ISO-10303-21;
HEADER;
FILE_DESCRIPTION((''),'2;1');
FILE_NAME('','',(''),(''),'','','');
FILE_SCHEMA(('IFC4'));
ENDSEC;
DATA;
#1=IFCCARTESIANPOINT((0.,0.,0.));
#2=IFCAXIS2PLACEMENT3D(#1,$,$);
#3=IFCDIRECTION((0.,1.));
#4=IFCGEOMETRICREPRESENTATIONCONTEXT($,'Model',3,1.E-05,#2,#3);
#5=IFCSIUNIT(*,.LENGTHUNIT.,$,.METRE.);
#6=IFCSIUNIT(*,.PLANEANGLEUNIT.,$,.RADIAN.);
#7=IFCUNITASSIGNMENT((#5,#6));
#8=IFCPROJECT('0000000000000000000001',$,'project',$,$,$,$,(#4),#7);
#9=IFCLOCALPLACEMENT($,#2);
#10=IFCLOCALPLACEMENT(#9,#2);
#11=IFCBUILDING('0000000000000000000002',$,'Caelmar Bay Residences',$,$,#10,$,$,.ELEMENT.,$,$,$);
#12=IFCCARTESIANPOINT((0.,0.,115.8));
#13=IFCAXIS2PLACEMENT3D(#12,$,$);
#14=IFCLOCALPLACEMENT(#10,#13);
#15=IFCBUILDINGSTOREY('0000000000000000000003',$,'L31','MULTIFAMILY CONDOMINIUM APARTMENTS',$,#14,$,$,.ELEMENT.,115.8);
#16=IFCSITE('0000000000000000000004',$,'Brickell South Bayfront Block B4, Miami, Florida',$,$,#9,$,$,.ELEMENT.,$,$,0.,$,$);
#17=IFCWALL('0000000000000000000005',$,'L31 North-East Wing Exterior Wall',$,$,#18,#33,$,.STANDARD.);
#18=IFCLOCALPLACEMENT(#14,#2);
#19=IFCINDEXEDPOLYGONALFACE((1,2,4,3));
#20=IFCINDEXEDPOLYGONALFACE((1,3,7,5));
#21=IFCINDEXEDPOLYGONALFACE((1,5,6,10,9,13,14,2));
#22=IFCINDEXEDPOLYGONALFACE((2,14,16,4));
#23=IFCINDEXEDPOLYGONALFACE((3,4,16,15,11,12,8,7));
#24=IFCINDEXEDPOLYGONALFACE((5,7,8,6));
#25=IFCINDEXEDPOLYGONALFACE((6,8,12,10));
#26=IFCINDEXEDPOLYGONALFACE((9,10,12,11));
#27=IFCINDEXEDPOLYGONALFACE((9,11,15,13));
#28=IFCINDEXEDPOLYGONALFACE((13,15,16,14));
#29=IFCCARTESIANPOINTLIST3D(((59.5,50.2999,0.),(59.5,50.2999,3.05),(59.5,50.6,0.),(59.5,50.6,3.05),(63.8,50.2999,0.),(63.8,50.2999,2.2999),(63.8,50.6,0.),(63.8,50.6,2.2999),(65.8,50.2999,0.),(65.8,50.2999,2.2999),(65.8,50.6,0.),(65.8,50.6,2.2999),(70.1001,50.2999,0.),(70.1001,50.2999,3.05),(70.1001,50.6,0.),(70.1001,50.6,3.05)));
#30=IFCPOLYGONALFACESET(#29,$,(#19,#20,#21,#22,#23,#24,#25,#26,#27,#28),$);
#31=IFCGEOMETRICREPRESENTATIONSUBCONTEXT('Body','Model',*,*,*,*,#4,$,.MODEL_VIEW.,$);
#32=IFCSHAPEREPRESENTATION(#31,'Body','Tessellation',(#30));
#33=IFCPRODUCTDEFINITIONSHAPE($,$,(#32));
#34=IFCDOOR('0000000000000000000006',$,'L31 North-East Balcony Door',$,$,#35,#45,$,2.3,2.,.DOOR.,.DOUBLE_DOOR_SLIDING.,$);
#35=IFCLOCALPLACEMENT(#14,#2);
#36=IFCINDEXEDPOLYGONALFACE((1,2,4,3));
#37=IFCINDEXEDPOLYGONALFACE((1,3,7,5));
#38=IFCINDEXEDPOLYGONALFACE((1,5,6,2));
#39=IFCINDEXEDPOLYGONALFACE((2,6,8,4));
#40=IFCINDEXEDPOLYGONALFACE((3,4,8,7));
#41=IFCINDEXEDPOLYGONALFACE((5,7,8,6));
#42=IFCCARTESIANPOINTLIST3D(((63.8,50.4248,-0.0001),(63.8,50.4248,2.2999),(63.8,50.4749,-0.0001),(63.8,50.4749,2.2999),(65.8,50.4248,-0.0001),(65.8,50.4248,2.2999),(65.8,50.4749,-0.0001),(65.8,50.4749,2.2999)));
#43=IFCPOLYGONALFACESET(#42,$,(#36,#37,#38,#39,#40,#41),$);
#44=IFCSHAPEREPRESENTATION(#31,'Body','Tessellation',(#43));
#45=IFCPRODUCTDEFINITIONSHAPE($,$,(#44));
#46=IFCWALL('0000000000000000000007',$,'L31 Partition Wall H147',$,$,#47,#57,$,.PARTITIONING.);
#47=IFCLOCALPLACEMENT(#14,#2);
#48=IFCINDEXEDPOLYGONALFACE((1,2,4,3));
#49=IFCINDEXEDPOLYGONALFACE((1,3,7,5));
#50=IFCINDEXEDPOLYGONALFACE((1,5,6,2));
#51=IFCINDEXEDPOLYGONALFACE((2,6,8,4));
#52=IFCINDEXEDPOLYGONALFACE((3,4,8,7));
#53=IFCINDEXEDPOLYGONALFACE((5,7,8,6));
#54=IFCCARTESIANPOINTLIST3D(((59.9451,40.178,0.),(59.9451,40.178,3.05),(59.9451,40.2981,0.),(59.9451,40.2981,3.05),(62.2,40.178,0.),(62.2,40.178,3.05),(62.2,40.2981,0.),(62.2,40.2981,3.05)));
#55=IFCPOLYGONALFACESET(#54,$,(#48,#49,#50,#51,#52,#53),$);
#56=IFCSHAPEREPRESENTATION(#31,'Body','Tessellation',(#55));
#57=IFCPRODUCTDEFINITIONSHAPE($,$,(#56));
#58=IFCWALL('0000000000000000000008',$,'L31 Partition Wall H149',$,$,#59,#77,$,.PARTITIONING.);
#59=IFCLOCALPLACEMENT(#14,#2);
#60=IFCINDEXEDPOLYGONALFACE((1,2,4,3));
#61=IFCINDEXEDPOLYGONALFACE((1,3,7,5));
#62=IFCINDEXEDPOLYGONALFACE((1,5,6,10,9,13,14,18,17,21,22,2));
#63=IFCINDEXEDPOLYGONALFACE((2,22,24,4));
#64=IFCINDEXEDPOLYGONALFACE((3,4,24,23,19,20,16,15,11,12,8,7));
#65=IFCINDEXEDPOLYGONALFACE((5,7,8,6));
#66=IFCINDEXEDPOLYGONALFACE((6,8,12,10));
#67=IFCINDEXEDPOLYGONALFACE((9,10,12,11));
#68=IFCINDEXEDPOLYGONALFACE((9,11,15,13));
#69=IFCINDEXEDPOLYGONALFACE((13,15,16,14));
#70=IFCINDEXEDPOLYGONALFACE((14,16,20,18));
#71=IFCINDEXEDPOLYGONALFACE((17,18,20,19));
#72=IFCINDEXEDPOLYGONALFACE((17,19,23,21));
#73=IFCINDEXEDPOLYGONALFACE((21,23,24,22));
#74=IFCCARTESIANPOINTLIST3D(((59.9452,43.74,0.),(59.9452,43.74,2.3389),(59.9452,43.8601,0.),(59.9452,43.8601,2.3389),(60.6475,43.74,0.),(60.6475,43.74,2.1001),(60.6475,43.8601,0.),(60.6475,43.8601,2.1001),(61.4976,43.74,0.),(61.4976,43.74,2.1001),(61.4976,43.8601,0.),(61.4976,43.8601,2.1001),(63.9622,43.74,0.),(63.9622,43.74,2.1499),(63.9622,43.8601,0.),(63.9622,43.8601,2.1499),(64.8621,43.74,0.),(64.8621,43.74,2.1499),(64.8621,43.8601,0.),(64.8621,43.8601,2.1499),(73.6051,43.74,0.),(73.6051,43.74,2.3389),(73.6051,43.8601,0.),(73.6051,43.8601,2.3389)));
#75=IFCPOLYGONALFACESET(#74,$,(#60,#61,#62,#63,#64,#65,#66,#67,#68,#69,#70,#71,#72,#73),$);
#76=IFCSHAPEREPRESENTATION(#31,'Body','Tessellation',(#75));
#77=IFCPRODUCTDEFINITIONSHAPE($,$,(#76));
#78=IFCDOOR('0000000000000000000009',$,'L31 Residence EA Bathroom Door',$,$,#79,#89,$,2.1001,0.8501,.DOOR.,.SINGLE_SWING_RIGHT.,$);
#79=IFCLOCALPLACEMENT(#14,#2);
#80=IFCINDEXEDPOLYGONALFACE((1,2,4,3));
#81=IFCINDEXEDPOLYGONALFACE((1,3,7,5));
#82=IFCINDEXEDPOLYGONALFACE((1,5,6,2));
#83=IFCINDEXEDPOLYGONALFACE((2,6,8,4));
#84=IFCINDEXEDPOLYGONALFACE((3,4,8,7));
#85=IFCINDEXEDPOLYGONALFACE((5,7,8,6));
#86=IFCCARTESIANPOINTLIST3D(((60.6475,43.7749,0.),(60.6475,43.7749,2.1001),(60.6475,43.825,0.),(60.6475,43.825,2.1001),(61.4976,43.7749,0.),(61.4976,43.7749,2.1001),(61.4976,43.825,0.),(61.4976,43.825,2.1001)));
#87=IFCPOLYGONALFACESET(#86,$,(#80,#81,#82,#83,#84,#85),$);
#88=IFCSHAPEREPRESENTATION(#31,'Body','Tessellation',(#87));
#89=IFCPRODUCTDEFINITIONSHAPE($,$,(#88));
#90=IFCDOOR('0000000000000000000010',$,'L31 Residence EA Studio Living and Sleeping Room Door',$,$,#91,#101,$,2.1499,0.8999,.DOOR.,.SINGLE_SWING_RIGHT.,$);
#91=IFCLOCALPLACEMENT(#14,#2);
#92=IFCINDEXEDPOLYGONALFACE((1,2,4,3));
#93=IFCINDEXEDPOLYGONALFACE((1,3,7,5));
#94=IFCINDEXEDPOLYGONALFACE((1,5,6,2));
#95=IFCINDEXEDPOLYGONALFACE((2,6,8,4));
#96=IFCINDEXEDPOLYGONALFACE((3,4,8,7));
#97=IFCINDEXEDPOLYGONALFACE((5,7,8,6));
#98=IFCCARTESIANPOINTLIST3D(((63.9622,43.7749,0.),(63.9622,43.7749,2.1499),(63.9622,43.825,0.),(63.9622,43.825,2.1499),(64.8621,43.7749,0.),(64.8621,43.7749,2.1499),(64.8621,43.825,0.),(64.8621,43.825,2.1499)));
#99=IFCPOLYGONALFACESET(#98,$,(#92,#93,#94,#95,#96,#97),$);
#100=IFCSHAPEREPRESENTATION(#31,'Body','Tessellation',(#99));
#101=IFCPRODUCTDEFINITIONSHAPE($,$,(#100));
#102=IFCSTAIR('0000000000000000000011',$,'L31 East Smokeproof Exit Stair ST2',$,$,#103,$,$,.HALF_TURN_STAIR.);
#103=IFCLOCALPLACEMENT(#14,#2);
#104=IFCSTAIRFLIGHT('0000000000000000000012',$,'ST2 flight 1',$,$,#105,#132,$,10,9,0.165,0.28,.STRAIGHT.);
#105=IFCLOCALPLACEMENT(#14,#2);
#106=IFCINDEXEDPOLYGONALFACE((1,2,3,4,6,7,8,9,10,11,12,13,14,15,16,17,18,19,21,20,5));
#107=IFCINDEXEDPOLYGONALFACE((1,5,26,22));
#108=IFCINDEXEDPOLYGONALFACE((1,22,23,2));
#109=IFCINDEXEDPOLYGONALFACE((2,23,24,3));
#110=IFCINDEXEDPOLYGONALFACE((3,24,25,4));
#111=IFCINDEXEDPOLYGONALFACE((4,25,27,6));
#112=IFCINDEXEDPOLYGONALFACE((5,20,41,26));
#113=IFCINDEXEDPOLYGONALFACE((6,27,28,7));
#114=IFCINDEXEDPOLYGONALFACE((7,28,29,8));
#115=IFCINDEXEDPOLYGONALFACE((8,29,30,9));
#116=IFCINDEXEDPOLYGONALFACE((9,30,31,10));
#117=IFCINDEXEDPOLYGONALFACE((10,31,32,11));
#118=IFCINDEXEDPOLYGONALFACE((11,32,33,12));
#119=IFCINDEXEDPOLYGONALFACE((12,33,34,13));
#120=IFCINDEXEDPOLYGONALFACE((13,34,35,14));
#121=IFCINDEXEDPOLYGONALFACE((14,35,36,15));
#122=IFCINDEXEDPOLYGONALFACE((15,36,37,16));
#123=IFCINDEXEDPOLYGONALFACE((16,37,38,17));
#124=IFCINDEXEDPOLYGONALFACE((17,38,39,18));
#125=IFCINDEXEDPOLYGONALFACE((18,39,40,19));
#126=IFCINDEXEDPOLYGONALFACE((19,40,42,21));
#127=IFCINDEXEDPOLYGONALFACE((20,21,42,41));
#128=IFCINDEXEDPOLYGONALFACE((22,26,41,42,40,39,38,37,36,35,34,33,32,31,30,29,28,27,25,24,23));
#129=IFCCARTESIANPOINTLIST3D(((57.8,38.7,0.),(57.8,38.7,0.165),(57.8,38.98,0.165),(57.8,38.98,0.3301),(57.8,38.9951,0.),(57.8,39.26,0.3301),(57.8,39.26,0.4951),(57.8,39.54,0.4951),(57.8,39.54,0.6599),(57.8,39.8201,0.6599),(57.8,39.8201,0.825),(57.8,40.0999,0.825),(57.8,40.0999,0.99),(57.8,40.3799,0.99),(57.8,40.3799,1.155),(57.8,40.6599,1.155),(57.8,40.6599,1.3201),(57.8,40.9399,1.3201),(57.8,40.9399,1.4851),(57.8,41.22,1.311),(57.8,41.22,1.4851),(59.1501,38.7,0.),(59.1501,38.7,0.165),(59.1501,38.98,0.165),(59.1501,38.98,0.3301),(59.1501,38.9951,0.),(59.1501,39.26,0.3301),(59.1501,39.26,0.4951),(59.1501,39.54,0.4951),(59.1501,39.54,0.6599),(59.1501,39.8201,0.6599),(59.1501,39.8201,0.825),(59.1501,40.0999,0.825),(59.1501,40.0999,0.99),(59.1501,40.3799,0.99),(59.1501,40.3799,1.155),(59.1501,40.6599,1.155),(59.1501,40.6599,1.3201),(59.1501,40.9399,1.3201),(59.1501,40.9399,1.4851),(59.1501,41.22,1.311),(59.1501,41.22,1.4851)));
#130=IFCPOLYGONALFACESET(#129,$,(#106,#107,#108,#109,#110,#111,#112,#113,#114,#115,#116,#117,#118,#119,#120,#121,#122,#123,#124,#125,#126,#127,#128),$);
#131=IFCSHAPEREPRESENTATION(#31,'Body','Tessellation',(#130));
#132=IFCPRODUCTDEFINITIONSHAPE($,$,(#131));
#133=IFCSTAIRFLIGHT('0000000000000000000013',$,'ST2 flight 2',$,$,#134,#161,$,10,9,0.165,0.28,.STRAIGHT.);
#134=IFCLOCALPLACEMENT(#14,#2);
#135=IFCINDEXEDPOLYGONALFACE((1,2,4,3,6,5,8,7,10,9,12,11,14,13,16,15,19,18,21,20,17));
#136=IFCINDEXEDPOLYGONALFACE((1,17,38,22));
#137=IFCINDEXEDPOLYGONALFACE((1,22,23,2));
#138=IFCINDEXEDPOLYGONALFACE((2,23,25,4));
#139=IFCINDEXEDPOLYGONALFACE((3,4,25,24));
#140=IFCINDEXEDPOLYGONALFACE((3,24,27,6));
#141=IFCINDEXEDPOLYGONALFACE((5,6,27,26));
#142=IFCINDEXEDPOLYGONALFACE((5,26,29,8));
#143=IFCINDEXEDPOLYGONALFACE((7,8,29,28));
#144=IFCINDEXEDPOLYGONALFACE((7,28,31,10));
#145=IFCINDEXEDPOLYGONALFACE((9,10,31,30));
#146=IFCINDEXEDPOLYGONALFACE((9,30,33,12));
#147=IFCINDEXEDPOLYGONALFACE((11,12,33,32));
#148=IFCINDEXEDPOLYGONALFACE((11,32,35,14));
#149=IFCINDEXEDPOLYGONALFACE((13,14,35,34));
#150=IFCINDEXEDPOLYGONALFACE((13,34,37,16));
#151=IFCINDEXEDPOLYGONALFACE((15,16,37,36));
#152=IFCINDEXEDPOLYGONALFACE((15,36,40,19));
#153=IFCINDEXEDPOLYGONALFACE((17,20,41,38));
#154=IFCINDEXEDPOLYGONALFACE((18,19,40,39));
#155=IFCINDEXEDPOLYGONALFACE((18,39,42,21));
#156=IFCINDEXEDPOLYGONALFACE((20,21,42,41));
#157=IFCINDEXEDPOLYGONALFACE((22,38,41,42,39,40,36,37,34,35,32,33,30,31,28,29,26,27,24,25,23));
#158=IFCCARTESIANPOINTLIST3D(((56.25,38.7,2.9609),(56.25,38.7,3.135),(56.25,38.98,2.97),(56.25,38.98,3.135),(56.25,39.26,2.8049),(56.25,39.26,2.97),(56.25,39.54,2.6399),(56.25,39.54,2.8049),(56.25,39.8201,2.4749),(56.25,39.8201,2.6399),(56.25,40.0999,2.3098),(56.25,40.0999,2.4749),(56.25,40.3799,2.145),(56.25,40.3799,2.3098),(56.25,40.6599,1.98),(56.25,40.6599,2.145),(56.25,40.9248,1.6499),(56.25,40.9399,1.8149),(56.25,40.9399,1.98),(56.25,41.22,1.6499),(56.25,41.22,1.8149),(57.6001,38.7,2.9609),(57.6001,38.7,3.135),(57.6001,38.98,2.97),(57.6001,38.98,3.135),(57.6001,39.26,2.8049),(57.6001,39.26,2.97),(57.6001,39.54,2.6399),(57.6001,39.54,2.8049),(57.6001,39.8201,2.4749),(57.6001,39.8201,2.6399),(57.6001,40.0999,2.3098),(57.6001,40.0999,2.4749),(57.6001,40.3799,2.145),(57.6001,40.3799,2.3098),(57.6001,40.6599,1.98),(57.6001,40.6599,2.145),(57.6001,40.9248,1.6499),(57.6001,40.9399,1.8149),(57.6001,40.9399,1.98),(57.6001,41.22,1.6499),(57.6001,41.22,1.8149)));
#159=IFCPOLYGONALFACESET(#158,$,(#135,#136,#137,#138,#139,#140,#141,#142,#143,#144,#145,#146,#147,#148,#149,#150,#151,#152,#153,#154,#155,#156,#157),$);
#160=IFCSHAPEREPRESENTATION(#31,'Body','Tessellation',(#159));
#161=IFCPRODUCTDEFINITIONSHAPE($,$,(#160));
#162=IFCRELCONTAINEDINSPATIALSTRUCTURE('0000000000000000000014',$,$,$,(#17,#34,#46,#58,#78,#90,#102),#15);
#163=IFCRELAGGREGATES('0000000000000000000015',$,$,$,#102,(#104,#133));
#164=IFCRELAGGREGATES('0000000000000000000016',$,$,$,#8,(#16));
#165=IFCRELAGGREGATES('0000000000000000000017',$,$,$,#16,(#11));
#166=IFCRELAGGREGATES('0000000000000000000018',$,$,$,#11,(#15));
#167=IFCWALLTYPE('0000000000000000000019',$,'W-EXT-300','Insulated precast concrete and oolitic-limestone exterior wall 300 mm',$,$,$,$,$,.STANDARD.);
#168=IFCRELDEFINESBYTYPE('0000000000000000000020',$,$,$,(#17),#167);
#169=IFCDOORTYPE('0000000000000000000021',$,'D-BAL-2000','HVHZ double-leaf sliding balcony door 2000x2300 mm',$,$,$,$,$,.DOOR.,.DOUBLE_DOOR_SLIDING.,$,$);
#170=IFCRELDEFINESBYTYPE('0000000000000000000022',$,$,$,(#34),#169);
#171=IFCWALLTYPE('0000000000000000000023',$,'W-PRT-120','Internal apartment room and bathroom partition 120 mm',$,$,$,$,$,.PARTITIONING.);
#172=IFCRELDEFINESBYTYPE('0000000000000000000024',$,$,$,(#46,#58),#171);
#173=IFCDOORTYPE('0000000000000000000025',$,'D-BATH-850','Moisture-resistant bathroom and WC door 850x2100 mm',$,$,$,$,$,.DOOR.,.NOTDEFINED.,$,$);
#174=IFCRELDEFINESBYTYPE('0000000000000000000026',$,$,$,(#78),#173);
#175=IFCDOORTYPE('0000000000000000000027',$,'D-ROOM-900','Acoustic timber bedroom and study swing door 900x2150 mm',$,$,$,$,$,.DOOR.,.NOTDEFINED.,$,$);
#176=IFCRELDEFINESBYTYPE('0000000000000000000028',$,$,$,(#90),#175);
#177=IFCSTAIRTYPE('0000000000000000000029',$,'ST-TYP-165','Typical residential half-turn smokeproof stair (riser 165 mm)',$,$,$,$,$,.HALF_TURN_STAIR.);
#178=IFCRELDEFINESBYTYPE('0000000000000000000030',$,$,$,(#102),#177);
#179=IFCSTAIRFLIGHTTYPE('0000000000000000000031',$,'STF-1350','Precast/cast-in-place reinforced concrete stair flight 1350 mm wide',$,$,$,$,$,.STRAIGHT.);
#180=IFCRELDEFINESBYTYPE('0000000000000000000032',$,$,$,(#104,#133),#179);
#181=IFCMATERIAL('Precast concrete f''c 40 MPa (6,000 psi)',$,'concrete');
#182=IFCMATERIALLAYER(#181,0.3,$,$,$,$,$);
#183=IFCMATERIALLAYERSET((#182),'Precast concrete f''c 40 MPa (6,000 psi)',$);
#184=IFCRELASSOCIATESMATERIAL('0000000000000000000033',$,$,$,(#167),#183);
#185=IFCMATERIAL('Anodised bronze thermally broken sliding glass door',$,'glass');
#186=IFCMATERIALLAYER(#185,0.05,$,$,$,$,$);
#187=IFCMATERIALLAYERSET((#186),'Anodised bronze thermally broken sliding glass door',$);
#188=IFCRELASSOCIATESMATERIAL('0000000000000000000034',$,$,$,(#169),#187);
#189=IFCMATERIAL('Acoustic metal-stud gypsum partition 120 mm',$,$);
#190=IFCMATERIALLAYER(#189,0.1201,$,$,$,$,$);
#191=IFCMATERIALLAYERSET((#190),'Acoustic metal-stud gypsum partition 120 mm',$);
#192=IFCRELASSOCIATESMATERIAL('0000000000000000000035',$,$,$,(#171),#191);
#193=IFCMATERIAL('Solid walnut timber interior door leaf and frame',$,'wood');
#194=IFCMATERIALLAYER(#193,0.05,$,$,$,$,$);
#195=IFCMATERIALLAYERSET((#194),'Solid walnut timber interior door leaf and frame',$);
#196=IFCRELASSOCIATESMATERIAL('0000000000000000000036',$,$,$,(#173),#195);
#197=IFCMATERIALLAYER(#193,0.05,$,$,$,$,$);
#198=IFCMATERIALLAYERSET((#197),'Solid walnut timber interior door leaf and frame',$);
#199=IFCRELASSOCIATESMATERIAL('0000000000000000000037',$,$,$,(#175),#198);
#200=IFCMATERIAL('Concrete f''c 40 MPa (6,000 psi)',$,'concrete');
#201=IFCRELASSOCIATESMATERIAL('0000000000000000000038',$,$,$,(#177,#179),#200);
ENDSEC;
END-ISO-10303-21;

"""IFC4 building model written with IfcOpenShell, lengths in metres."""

from ifc_helpers import new_model, si_unit, direction, frame, frame_2d, origin, place, context, subcontext, project, spatial, polyline, rectangle, outline, extrude, material, layer, layer_set, type_object, element, fill, aggregate, save


model = new_model("IFC4")

# Units and contexts
model_context = context("Model", 3, precision=1e-05, world=origin(), true_north=direction((0.0, 1.0)))
body_context = subcontext(model_context, "Body", "Model", "MODEL_VIEW")
ifc_project = project(units=[si_unit("LENGTHUNIT", "METRE"), si_unit("PLANEANGLEUNIT", "RADIAN")], contexts=[model_context])

# Site, building, storey
site_placement = place(None, origin())
site = spatial("IfcSite", under=ifc_project, at=site_placement, Name="Brickell South Bayfront Block B4, Miami, Florida", CompositionType="ELEMENT", RefElevation=0.0)
building_placement = place(site_placement, origin())
building = spatial("IfcBuilding", under=site, at=building_placement, Name="Caelmar Bay Residences", CompositionType="ELEMENT")
storey_placement = place(building_placement, frame((0.0, 0.0, 115.8)))
storey = spatial("IfcBuildingStorey", under=building, at=storey_placement, Name="L31", Description="MULTIFAMILY CONDOMINIUM APARTMENTS", CompositionType="ELEMENT", Elevation=115.8)

# Wall, opening, door
ifc_material_1 = material(Name="Precast concrete f'c 40 MPa (6,000 psi)", Category="concrete")
ifc_layer_1 = layer(ifc_material_1, 0.3)
ifc_layer_set_1 = layer_set([ifc_layer_1], Name="Precast concrete f'c 40 MPa (6,000 psi)")
wall_type_1 = type_object("IfcWallType", Name="W-EXT-300", Description="Insulated precast concrete and oolitic-limestone exterior wall 300 mm", PredefinedType="STANDARD", material=ifc_layer_set_1)
wall_1_placement = place(storey_placement, frame((59.5, 50.45, 0.0), z_axis=(0.0, 0.0, 1.0), x_axis=(1.0, 0.0, 0.0)))
wall_1 = element("IfcWall", 1, at=wall_1_placement, inside=storey, type_object=wall_type_1, Name="L31 North-East Wing Exterior Wall", PredefinedType="STANDARD", context=body_context, shape_type="SweptSolid", body=[
    extrude(rectangle(XDim=10.6001, YDim=0.3, at=frame_2d((5.3, 0.0))), origin(), (0.0, 0.0, 1.0), 3.05),
])
opening_1_placement = place(wall_1_placement, frame((4.3, 0.0, 0.0)))
opening_1 = element("IfcOpeningElement", 2, at=opening_1_placement, cuts=wall_1, PredefinedType="OPENING", context=body_context, shape_type="SweptSolid", body=[
    extrude(rectangle(XDim=2.0, YDim=2.3, at=frame_2d((1.0, 1.1499))), frame((0.0, 0.1599, 0.0), z_axis=(0.0, -1.0, 0.0), x_axis=(1.0, 0.0, 0.0)), (0.0, 0.0, 1.0), 0.3201),
])
ifc_material_2 = material(Name="Anodised bronze thermally broken sliding glass door", Category="glass")
ifc_layer_2 = layer(ifc_material_2, 0.05)
ifc_layer_set_2 = layer_set([ifc_layer_2], Name="Anodised bronze thermally broken sliding glass door")
door_type_1 = type_object("IfcDoorType", Name="D-BAL-2000", Description="HVHZ double-leaf sliding balcony door 2000x2300 mm", OperationType="DOUBLE_DOOR_SLIDING", PredefinedType="DOOR", material=ifc_layer_set_2)
door_1_placement = place(opening_1_placement, origin())
door_1 = element("IfcDoor", 3, at=door_1_placement, inside=storey, type_object=door_type_1, Name="L31 North-East Balcony Door", OperationType="DOUBLE_DOOR_SLIDING", OverallHeight=2.3, OverallWidth=2.0, PredefinedType="DOOR", context=body_context, shape_type="SweptSolid", body=[
    extrude(rectangle(XDim=2.0, YDim=2.3, at=frame_2d((1.0, 1.1499))), frame((0.0, 0.0249, 0.0), z_axis=(0.0, -1.0, 0.0), x_axis=(1.0, 0.0, 0.0)), (0.0, 0.0, 1.0), 0.05),
])
fill(opening_1, door_1)

# Wall
ifc_material_3 = material(Name="Acoustic metal-stud gypsum partition 120 mm")
ifc_layer_3 = layer(ifc_material_3, 0.1201)
ifc_layer_set_3 = layer_set([ifc_layer_3], Name="Acoustic metal-stud gypsum partition 120 mm")
wall_type_2 = type_object("IfcWallType", Name="W-PRT-120", Description="Internal apartment room and bathroom partition 120 mm", PredefinedType="PARTITIONING", material=ifc_layer_set_3)
wall_2_placement = place(storey_placement, frame((59.9451, 40.238, 0.0), z_axis=(0.0, 0.0, 1.0), x_axis=(1.0, 0.0, 0.0)))
element("IfcWall", 4, at=wall_2_placement, inside=storey, type_object=wall_type_2, Name="L31 Partition Wall H147", PredefinedType="PARTITIONING", context=body_context, shape_type="SweptSolid", body=[
    extrude(rectangle(XDim=2.2549, YDim=0.1201, at=frame_2d((1.1274, 0.0))), origin(), (0.0, 0.0, 1.0), 3.05),
])

# Wall, openings, doors
wall_3_placement = place(storey_placement, frame((59.9451, 43.8, 0.0), z_axis=(0.0, 0.0, 1.0), x_axis=(1.0, 0.0, 0.0)))
wall_3 = element("IfcWall", 5, at=wall_3_placement, inside=storey, type_object=wall_type_2, Name="L31 Partition Wall H149", PredefinedType="PARTITIONING", context=body_context, shape_type="SweptSolid", body=[
    extrude(rectangle(XDim=13.6599, YDim=0.1201, at=frame_2d((6.8301, 0.0))), origin(), (0.0, 0.0, 1.0), 2.3389),
])
opening_2_placement = place(wall_3_placement, frame((4.0171, 0.0, 0.0)))
opening_2 = element("IfcOpeningElement", 6, at=opening_2_placement, cuts=wall_3, PredefinedType="OPENING", context=body_context, shape_type="SweptSolid", body=[
    extrude(rectangle(XDim=0.8999, YDim=2.1499, at=frame_2d((0.45, 1.075))), frame((0.0, 0.0701, 0.0), z_axis=(0.0, -1.0, 0.0), x_axis=(1.0, 0.0, 0.0)), (0.0, 0.0, 1.0), 0.1401),
])
opening_3_placement = place(wall_3_placement, frame((0.7024, 0.0, 0.0)))
opening_3 = element("IfcOpeningElement", 7, at=opening_3_placement, cuts=wall_3, PredefinedType="OPENING", context=body_context, shape_type="SweptSolid", body=[
    extrude(rectangle(XDim=0.8501, YDim=2.1001, at=frame_2d((0.425, 1.05))), frame((0.0, 0.0701, 0.0), z_axis=(0.0, -1.0, 0.0), x_axis=(1.0, 0.0, 0.0)), (0.0, 0.0, 1.0), 0.1401),
])
ifc_material_4 = material(Name="Solid walnut timber interior door leaf and frame", Category="wood")
ifc_layer_4 = layer(ifc_material_4, 0.05)
ifc_layer_set_4 = layer_set([ifc_layer_4], Name="Solid walnut timber interior door leaf and frame")
door_type_2 = type_object("IfcDoorType", Name="D-BATH-850", Description="Moisture-resistant bathroom and WC door 850x2100 mm", OperationType="NOTDEFINED", PredefinedType="DOOR", material=ifc_layer_set_4)
door_2_placement = place(opening_3_placement, origin())
door_2 = element("IfcDoor", 8, at=door_2_placement, inside=storey, type_object=door_type_2, Name="L31 Residence EA Bathroom Door", OperationType="SINGLE_SWING_RIGHT", OverallHeight=2.1001, OverallWidth=0.8501, PredefinedType="DOOR", context=body_context, shape_type="SweptSolid", body=[
    extrude(rectangle(XDim=0.8501, YDim=2.1001, at=frame_2d((0.425, 1.05))), frame((0.0, 0.0249, 0.0), z_axis=(0.0, -1.0, 0.0), x_axis=(1.0, 0.0, 0.0)), (0.0, 0.0, 1.0), 0.05),
])
fill(opening_3, door_2)
ifc_layer_5 = layer(ifc_material_4, 0.05)
ifc_layer_set_5 = layer_set([ifc_layer_5], Name="Solid walnut timber interior door leaf and frame")
door_type_3 = type_object("IfcDoorType", Name="D-ROOM-900", Description="Acoustic timber bedroom and study swing door 900x2150 mm", OperationType="NOTDEFINED", PredefinedType="DOOR", material=ifc_layer_set_5)
door_3_placement = place(opening_2_placement, origin())
door_3 = element("IfcDoor", 9, at=door_3_placement, inside=storey, type_object=door_type_3, Name="L31 Residence EA Studio Living and Sleeping Room Door", OperationType="SINGLE_SWING_RIGHT", OverallHeight=2.1499, OverallWidth=0.8999, PredefinedType="DOOR", context=body_context, shape_type="SweptSolid", body=[
    extrude(rectangle(XDim=0.8999, YDim=2.1499, at=frame_2d((0.45, 1.075))), frame((0.0, 0.0249, 0.0), z_axis=(0.0, -1.0, 0.0), x_axis=(1.0, 0.0, 0.0)), (0.0, 0.0, 1.0), 0.05),
])
fill(opening_2, door_3)

# Stair, stair flights
ifc_material_5 = material(Name="Concrete f'c 40 MPa (6,000 psi)", Category="concrete")
stair_type = type_object("IfcStairType", Name="ST-TYP-165", Description="Typical residential half-turn smokeproof stair (riser 165 mm)", PredefinedType="HALF_TURN_STAIR", material=ifc_material_5)
stair_placement = place(storey_placement, origin())
stair = element("IfcStair", 10, at=stair_placement, inside=storey, type_object=stair_type, Name="L31 East Smokeproof Exit Stair ST2", PredefinedType="HALF_TURN_STAIR")
stair_flight_type = type_object("IfcStairFlightType", Name="STF-1350", Description="Precast/cast-in-place reinforced concrete stair flight 1350 mm wide", PredefinedType="STRAIGHT", material=ifc_material_5)
stair_flight_1_placement = place(storey_placement, frame((58.4751, 38.7, 0.0), z_axis=(0.0, 0.0, 1.0), x_axis=(0.0, 1.0, 0.0)))
stair_flight_1 = element("IfcStairFlight", 11, at=stair_flight_1_placement, type_object=stair_flight_type, Name="ST2 flight 1", NumberOfRisers=10, NumberOfTreads=9, PredefinedType="STRAIGHT", RiserHeight=0.165, TreadLength=0.28, context=body_context, shape_type="SweptSolid", body=[
    extrude(outline(polyline([(0.0, 0.0), (0.0, 0.165), (0.28, 0.165), (0.28, 0.3301), (0.5601, 0.3301), (0.5601, 0.4951), (0.8401, 0.4951), (0.8401, 0.6599), (1.1201, 0.6599), (1.1201, 0.825), (1.3999, 0.825), (1.3999, 0.99), (1.6799, 0.99), (1.6799, 1.155), (1.96, 1.155), (1.96, 1.3201), (2.24, 1.3201), (2.24, 1.4851), (2.52, 1.4851), (2.52, 1.6499), (2.52, 1.311), (0.2952, 0.0), (0.0, 0.0)])), frame((0.0, 0.675, 0.0), z_axis=(0.0, -1.0, 0.0), x_axis=(1.0, 0.0, 0.0)), (0.0, 0.0, 1.0), 1.3501),
])
stair_flight_2_placement = place(storey_placement, frame((56.925, 41.22, 1.6499), z_axis=(0.0, 0.0, 1.0), x_axis=(0.0, -1.0, 0.0)))
stair_flight_2 = element("IfcStairFlight", 12, at=stair_flight_2_placement, type_object=stair_flight_type, Name="ST2 flight 2", NumberOfRisers=10, NumberOfTreads=9, PredefinedType="STRAIGHT", RiserHeight=0.165, TreadLength=0.28, context=body_context, shape_type="SweptSolid", body=[
    extrude(outline(polyline([(0.0, 0.0), (0.0, 0.165), (0.28, 0.165), (0.28, 0.3301), (0.5601, 0.3301), (0.5601, 0.4951), (0.8401, 0.4951), (0.8401, 0.6599), (1.1201, 0.6599), (1.1201, 0.825), (1.3999, 0.825), (1.3999, 0.99), (1.6799, 0.99), (1.6799, 1.155), (1.96, 1.155), (1.96, 1.3201), (2.24, 1.3201), (2.24, 1.4851), (2.52, 1.4851), (2.52, 1.6499), (2.52, 1.311), (0.2952, 0.0), (0.0, 0.0)])), frame((0.0, 0.675, 0.0), z_axis=(0.0, -1.0, 0.0), x_axis=(1.0, 0.0, 0.0)), (0.0, 0.0, 1.0), 1.3501),
])
aggregate(stair, [stair_flight_1, stair_flight_2])

save(model, "model.ifc")
